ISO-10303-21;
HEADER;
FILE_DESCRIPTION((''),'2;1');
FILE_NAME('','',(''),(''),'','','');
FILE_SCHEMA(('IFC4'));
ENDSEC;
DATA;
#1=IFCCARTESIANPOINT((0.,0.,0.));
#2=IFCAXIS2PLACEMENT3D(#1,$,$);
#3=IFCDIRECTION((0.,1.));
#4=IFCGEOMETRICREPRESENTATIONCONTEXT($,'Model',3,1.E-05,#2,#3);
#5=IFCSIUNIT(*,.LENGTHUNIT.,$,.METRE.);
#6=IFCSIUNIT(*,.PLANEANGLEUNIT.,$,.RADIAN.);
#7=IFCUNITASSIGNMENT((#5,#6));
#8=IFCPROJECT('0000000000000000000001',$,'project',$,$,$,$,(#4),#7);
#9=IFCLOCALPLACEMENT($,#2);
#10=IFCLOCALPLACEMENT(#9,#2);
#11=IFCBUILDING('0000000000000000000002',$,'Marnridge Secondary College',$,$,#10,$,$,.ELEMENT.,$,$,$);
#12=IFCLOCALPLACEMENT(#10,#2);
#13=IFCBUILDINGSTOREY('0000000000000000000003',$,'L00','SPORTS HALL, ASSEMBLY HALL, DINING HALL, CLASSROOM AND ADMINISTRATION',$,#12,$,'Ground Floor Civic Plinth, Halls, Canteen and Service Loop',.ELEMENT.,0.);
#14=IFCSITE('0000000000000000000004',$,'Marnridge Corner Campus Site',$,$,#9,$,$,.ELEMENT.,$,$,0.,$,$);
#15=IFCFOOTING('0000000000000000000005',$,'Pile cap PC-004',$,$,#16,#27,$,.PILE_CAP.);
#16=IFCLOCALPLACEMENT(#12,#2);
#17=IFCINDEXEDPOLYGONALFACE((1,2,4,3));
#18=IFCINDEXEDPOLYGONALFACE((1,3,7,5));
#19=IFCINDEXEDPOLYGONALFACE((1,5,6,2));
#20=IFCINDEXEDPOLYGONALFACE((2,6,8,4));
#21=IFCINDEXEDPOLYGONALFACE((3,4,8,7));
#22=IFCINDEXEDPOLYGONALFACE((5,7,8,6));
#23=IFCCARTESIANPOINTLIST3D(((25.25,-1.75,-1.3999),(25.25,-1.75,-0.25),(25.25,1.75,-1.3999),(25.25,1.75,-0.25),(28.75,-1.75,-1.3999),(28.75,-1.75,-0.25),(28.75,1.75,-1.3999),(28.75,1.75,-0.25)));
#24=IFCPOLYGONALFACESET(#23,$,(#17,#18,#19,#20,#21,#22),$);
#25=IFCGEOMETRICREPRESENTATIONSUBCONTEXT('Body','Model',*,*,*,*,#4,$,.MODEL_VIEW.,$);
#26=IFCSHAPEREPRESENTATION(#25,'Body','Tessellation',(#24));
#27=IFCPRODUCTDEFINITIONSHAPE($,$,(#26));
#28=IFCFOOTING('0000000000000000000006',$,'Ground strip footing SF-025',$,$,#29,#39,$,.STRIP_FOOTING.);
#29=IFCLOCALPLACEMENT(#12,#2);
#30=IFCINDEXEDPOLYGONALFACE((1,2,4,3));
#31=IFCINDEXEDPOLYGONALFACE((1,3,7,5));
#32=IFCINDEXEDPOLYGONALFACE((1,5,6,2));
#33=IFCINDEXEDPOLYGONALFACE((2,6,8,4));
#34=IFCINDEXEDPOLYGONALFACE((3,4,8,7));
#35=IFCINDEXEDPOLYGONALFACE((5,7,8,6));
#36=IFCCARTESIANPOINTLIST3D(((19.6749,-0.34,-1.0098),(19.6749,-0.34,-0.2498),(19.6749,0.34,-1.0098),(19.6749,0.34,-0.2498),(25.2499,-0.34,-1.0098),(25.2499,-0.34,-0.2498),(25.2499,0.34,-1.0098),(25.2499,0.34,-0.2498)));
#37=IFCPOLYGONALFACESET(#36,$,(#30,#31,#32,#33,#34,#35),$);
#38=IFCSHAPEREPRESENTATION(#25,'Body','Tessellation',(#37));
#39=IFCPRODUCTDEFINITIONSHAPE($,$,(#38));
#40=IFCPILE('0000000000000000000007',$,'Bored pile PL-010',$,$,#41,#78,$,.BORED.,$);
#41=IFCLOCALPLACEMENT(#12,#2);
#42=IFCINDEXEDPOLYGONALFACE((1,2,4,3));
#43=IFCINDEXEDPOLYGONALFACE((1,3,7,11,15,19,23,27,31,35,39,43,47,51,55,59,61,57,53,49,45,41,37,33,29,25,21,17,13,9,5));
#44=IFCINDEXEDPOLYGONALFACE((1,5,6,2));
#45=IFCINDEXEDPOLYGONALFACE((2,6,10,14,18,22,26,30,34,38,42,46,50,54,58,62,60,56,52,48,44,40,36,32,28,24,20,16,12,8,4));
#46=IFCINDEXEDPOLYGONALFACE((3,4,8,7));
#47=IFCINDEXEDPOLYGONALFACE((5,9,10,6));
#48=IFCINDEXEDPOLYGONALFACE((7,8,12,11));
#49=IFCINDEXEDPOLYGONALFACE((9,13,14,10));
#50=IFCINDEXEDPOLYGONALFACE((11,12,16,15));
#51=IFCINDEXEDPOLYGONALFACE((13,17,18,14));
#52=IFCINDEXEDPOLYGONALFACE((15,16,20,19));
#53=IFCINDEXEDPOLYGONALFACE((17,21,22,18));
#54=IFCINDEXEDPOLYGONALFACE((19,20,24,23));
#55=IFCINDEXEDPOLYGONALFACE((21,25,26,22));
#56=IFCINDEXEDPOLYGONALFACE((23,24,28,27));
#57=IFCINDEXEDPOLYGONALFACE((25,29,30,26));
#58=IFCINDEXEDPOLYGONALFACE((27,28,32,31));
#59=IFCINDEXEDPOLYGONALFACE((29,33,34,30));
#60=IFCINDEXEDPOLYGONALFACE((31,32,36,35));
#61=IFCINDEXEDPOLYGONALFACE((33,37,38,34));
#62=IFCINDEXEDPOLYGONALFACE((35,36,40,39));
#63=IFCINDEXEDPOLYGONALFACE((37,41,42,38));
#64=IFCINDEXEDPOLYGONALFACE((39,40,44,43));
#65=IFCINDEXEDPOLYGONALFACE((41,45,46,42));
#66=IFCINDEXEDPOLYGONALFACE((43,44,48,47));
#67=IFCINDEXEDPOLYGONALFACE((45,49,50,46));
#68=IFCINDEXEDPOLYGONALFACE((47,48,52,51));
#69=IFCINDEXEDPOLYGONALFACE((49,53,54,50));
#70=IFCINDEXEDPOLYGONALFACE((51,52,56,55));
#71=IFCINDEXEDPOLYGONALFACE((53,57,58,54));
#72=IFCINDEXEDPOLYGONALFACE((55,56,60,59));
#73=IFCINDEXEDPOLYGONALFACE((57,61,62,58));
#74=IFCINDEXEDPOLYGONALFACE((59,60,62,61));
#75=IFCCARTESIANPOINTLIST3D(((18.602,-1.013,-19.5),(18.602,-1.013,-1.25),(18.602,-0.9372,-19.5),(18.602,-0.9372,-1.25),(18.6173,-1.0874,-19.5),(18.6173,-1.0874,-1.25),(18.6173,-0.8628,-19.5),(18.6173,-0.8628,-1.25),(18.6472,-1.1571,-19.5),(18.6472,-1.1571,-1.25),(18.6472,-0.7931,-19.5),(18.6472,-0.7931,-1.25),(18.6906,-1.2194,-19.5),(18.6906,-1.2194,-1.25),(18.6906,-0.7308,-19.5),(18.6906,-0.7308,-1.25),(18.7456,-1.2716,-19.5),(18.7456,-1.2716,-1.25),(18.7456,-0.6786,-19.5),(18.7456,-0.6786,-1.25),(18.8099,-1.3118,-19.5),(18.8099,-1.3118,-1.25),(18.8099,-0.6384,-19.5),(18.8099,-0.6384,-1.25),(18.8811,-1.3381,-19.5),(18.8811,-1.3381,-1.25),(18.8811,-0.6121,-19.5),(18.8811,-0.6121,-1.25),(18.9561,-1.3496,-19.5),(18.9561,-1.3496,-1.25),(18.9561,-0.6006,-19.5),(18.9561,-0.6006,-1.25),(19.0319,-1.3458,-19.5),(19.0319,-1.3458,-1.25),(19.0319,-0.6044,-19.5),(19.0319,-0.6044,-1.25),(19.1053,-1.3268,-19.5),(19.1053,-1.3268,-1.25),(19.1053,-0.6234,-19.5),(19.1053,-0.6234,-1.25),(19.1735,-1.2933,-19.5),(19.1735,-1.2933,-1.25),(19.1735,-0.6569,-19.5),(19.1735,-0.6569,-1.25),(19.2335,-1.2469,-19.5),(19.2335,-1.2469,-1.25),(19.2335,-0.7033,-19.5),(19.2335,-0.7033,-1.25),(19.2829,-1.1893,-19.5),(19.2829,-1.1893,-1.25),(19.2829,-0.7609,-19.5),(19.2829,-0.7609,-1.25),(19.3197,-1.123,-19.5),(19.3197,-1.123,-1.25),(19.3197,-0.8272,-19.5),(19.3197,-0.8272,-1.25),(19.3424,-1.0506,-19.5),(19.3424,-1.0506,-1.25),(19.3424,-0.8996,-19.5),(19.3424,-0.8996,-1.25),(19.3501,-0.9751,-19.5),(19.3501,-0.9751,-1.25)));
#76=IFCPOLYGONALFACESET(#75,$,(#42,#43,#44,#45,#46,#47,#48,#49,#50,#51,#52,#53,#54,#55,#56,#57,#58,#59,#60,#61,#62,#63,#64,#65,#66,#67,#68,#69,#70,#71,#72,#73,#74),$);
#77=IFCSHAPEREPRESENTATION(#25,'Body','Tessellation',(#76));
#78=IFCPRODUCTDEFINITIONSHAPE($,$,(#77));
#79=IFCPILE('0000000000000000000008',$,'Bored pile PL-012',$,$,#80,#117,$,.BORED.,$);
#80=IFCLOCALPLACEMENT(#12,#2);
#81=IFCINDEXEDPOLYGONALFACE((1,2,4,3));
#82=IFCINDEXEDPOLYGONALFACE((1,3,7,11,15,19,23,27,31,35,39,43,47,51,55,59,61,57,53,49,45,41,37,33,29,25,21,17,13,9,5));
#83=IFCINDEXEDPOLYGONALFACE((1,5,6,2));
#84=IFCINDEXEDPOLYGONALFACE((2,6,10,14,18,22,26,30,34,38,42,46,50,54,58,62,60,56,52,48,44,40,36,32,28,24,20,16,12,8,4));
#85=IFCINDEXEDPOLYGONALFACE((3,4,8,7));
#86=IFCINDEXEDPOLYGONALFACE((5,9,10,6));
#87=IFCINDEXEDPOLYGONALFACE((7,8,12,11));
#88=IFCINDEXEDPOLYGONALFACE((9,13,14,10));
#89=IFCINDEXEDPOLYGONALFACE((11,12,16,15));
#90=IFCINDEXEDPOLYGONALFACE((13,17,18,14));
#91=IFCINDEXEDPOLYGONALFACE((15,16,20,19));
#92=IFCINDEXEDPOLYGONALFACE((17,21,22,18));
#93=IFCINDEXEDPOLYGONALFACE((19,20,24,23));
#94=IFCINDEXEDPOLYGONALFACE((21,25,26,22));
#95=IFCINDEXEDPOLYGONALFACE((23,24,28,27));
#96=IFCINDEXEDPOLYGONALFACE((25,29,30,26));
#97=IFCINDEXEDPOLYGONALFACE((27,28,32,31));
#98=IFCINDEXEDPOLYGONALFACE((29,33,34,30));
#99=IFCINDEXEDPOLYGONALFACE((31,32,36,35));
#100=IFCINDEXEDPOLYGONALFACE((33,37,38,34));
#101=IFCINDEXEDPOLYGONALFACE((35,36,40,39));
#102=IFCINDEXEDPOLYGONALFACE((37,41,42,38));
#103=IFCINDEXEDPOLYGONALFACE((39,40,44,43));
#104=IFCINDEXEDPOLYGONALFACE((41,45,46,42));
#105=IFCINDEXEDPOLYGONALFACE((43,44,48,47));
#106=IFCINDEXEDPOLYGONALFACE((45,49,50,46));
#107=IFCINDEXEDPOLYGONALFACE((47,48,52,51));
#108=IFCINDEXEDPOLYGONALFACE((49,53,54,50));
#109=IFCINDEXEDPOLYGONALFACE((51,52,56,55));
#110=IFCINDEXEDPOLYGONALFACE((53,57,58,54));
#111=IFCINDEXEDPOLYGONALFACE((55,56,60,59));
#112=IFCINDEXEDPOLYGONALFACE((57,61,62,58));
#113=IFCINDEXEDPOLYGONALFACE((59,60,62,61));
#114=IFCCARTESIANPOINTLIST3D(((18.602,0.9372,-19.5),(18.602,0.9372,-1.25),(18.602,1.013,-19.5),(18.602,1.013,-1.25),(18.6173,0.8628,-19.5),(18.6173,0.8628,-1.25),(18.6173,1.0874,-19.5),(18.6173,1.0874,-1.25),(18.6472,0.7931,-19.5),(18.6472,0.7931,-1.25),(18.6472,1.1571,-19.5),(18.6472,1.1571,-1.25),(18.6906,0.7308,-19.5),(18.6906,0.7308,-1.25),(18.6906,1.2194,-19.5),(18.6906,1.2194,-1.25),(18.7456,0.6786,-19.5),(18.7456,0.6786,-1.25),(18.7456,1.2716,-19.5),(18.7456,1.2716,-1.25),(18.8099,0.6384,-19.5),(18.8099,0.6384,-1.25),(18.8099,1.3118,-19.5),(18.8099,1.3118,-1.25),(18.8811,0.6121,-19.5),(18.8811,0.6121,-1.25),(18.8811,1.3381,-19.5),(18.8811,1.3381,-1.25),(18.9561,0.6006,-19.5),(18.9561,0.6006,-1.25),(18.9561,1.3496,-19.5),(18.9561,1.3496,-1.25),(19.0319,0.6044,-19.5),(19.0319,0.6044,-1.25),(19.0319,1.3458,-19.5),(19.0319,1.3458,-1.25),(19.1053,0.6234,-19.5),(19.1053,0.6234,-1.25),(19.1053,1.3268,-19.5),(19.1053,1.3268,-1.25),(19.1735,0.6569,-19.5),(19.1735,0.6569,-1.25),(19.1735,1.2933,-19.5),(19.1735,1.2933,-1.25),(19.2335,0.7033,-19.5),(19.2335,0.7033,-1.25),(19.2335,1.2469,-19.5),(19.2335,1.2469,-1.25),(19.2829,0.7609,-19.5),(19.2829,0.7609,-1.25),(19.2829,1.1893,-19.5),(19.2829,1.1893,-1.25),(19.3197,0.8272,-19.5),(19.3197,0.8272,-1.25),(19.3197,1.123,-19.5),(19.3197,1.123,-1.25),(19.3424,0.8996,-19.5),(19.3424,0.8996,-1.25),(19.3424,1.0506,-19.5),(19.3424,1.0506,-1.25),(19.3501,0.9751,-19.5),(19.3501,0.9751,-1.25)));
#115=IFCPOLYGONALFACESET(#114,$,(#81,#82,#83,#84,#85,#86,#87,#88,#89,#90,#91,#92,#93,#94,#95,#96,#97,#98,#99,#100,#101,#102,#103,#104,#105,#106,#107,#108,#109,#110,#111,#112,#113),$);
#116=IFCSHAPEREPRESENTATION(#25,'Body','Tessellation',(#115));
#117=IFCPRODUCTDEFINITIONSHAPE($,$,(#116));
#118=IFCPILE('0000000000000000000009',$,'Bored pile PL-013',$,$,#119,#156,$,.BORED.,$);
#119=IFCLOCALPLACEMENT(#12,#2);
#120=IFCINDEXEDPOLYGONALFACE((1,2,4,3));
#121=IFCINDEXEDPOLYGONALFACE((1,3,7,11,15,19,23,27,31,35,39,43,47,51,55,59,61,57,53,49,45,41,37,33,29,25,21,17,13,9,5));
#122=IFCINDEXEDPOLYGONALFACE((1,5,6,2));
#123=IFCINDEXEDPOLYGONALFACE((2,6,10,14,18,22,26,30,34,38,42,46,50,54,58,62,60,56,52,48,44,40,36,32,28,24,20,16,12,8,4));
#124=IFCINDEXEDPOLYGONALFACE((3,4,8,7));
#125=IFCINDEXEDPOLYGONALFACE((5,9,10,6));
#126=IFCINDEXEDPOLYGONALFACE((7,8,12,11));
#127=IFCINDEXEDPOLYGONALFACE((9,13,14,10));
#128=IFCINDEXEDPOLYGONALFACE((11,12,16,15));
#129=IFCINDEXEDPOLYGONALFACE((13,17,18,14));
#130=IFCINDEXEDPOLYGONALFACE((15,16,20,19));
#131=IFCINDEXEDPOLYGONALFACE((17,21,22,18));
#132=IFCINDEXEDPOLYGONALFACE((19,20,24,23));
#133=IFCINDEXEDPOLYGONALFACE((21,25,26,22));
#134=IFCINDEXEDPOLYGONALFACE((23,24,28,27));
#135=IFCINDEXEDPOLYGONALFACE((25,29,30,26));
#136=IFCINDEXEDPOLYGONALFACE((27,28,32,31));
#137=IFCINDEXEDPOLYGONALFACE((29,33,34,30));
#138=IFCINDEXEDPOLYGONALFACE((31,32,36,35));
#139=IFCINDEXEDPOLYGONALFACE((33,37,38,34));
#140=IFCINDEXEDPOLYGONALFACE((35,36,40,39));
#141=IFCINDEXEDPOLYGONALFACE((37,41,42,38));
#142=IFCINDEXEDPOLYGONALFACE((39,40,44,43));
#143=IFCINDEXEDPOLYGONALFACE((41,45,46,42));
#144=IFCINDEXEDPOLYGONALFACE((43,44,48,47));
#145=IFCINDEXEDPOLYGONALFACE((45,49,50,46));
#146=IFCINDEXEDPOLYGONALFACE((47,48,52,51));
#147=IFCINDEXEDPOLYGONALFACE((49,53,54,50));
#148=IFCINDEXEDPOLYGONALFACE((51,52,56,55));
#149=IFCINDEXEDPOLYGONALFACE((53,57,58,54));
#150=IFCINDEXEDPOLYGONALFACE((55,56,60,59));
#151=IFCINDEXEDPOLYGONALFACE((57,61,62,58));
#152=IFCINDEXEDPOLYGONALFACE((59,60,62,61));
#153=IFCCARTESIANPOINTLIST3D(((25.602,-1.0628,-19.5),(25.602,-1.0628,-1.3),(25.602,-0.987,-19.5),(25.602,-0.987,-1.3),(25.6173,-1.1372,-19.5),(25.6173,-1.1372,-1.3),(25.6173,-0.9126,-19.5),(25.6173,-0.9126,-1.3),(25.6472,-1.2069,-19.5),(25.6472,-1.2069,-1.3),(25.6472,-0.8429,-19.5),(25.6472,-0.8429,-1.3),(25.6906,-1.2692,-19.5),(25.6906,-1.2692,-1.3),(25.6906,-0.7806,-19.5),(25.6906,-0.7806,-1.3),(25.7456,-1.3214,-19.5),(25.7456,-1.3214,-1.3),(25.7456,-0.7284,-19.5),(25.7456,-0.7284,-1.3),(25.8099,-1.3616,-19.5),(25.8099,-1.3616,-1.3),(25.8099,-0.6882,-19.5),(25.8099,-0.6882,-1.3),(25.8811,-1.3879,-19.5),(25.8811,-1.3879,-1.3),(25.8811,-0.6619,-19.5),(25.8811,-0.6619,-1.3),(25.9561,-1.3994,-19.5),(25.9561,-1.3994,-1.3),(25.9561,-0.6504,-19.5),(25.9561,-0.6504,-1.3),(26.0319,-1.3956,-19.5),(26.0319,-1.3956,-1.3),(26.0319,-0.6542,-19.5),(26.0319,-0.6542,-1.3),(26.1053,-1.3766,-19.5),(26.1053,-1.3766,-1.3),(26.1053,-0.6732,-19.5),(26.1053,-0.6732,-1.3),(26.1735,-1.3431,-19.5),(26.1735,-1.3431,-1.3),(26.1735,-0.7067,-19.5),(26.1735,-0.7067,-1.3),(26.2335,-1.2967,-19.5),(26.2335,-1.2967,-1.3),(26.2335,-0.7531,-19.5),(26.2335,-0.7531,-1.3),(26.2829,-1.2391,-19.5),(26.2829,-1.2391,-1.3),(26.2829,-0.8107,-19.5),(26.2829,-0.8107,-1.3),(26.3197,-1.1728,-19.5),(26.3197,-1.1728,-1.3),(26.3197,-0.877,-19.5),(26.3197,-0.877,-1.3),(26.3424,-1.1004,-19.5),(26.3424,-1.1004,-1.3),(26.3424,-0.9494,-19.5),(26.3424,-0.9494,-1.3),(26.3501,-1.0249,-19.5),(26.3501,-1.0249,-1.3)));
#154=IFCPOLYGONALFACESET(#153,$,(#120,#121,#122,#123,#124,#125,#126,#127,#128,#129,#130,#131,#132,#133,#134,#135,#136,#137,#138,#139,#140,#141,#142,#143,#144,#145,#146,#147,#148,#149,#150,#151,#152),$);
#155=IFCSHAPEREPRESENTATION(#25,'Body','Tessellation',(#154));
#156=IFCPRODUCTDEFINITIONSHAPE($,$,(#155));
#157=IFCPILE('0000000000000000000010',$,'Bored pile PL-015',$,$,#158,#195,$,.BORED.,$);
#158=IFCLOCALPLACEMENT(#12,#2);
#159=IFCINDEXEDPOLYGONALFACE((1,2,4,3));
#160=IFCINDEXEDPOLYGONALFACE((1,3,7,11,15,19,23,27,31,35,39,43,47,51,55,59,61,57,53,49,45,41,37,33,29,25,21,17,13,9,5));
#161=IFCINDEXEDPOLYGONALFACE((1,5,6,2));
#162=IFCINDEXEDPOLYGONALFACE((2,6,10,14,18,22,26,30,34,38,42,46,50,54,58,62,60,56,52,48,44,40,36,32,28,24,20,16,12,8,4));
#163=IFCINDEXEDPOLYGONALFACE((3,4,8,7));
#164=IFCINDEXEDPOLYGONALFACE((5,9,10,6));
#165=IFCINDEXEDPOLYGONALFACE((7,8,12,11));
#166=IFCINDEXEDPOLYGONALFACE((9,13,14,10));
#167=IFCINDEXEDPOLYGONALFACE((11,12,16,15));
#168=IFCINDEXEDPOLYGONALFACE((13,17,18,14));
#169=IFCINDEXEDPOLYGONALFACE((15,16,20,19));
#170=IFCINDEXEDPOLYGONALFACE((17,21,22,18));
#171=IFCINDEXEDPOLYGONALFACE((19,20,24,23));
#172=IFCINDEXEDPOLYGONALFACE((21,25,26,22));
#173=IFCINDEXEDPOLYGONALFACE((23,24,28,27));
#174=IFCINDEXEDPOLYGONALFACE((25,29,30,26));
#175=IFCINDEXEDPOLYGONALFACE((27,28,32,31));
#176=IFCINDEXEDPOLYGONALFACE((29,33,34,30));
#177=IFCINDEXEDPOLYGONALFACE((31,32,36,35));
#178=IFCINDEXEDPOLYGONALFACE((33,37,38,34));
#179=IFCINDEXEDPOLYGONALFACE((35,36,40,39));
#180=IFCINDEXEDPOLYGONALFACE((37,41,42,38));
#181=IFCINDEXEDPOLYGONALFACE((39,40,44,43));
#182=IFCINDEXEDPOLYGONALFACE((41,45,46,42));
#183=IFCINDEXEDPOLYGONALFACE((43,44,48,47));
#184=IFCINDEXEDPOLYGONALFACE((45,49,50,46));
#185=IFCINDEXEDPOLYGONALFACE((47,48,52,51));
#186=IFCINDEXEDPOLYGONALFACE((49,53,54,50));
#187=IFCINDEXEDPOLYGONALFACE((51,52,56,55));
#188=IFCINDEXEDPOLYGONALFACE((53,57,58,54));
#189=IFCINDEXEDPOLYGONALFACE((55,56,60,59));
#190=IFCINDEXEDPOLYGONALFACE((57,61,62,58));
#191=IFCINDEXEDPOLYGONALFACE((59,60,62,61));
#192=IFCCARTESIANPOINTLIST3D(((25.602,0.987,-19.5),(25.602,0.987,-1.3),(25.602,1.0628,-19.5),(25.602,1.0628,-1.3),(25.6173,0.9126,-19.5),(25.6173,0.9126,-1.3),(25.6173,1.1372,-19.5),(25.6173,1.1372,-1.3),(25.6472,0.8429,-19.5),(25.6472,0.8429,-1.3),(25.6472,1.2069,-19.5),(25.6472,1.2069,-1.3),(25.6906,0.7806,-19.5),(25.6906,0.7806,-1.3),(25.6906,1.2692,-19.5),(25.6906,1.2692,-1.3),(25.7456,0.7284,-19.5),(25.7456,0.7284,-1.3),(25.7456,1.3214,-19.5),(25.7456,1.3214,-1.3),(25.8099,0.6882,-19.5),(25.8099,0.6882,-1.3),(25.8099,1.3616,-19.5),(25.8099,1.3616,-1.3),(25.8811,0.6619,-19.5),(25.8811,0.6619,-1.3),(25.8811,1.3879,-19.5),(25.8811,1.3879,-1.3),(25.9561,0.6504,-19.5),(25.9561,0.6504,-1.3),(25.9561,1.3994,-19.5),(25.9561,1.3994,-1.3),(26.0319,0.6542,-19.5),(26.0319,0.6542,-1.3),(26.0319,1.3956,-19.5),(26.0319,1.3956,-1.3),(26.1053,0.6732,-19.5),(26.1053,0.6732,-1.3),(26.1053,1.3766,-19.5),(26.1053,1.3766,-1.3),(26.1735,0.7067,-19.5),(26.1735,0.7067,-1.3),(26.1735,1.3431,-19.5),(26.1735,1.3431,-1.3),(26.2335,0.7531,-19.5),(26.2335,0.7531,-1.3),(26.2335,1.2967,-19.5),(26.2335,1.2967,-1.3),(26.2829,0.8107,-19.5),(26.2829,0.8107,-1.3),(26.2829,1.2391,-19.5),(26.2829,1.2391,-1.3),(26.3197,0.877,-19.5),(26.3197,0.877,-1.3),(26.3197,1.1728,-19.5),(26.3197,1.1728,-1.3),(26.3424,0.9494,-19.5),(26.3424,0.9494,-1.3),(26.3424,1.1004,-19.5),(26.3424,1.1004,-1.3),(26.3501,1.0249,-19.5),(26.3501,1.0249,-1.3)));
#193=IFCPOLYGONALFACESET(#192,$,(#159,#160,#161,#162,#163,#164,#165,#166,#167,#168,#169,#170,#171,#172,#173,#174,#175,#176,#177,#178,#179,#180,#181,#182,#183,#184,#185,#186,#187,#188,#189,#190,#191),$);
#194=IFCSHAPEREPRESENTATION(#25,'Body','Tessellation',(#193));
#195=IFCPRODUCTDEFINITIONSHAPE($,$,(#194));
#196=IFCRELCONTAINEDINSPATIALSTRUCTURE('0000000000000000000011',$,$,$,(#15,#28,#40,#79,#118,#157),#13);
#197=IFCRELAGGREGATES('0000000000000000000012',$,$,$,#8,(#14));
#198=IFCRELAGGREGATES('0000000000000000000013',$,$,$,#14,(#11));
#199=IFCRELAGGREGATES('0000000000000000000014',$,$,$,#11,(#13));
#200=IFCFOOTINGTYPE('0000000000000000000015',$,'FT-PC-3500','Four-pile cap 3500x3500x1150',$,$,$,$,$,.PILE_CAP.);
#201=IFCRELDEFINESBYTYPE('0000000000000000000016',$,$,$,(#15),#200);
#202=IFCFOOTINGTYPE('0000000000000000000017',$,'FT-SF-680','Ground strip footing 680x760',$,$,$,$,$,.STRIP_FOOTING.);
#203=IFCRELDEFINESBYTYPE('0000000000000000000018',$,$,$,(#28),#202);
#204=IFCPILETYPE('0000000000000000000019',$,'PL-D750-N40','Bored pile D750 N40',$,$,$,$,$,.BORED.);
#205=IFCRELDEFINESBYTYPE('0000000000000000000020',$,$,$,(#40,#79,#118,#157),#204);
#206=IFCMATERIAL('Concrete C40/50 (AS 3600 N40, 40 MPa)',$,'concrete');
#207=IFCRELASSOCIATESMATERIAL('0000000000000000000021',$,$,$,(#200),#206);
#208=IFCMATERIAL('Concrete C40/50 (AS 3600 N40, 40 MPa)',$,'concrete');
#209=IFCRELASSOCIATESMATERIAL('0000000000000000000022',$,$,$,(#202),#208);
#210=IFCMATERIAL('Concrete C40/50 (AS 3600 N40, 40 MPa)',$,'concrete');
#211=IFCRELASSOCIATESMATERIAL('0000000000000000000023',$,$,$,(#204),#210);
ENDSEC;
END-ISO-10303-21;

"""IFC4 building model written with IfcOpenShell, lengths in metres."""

from ifc_helpers import new_model, si_unit, direction, frame, origin, origin_2d, place, context, subcontext, project, spatial, rectangle, circle, extrude, material, material_profile, profile_set, type_object, element, save


model = new_model("IFC4")

# Units and contexts
model_context = context("Model", 3, precision=1e-05, world=origin(), true_north=direction((0.0, 1.0)))
body_context = subcontext(model_context, "Body", "Model", "MODEL_VIEW")
ifc_project = project(units=[si_unit("LENGTHUNIT", "METRE"), si_unit("PLANEANGLEUNIT", "RADIAN")], contexts=[model_context])

# Site, building, storey
site_placement = place(None, origin())
site = spatial("IfcSite", under=ifc_project, at=site_placement, Name="Marnridge Corner Campus Site", CompositionType="ELEMENT", RefElevation=0.0)
building_placement = place(site_placement, origin())
building = spatial("IfcBuilding", under=site, at=building_placement, Name="Marnridge Secondary College", CompositionType="ELEMENT")
storey_placement = place(building_placement, origin())
storey = spatial("IfcBuildingStorey", under=building, at=storey_placement, Name="L00", Description="SPORTS HALL, ASSEMBLY HALL, DINING HALL, CLASSROOM AND ADMINISTRATION", LongName="Ground Floor Civic Plinth, Halls, Canteen and Service Loop", CompositionType="ELEMENT", Elevation=0.0)

# Footings
ifc_material_1 = material(Name="Concrete C40/50 (AS 3600 N40, 40 MPa)", Category="concrete")
footing_type_1 = type_object("IfcFootingType", Name="FT-PC-3500", Description="Four-pile cap 3500x3500x1150", PredefinedType="PILE_CAP", material=ifc_material_1)
footing_1_placement = place(storey_placement, frame((27.0, 0.0, -1.3999), z_axis=(0.0, 0.0, 1.0), x_axis=(1.0, 0.0, 0.0)))
element("IfcFooting", 1, at=footing_1_placement, inside=storey, type_object=footing_type_1, Name="Pile cap PC-004", PredefinedType="PILE_CAP", context=body_context, shape_type="SweptSolid", body=[
    extrude(rectangle(XDim=3.5, YDim=3.5, at=origin_2d()), origin(), (0.0, 0.0, 1.0), 1.1499),
])
ifc_material_2 = material(Name="Concrete C40/50 (AS 3600 N40, 40 MPa)", Category="concrete")
footing_type_2 = type_object("IfcFootingType", Name="FT-SF-680", Description="Ground strip footing 680x760", PredefinedType="STRIP_FOOTING", material=ifc_material_2)
footing_2_placement = place(storey_placement, frame((22.4624, 0.0, -1.0098), z_axis=(0.0, 0.0, 1.0), x_axis=(1.0, 0.0, 0.0)))
element("IfcFooting", 2, at=footing_2_placement, inside=storey, type_object=footing_type_2, Name="Ground strip footing SF-025", PredefinedType="STRIP_FOOTING", context=body_context, shape_type="SweptSolid", body=[
    extrude(rectangle(XDim=5.575, YDim=0.6799, at=origin_2d()), origin(), (0.0, 0.0, 1.0), 0.76),
])

# Piles
ifc_material_3 = material(Name="Concrete C40/50 (AS 3600 N40, 40 MPa)", Category="concrete")
ifc_material_profile_1 = material_profile(ifc_material_3, circle(Radius=0.375, at=origin_2d()), Name="PILE D750")
ifc_profile_set_1 = profile_set([ifc_material_profile_1], Name="Concrete C40/50 (AS 3600 N40, 40 MPa)")
pile_type = type_object("IfcPileType", Name="PL-D750-N40", Description="Bored pile D750 N40", PredefinedType="BORED", material=ifc_profile_set_1)
for number, where, z_axis, x_axis, name in (
    (3, (18.9751, -0.9751, -1.25), (0.0, 0.0, -1.0), (1.0, 0.0, 0.0), "Bored pile PL-010"),
    (4, (18.9751, 0.9751, -1.25), (0.0, 0.0, -1.0), (1.0, 0.0, 0.0), "Bored pile PL-012"),
):
    element("IfcPile", number, at=place(storey_placement, frame(where, z_axis=z_axis, x_axis=x_axis)), inside=storey, type_object=pile_type, Name=name, PredefinedType="BORED", context=body_context, shape_type="SweptSolid", body=[
        extrude(circle(Radius=0.375, at=origin_2d()), origin(), (0.0, 0.0, 1.0), 18.25),
    ])
for number, where, z_axis, x_axis, name in (
    (5, (25.9751, -1.0249, -1.3), (0.0, 0.0, -1.0), (1.0, 0.0, 0.0), "Bored pile PL-013"),
    (6, (25.9751, 1.0249, -1.3), (0.0, 0.0, -1.0), (1.0, 0.0, 0.0), "Bored pile PL-015"),
):
    element("IfcPile", number, at=place(storey_placement, frame(where, z_axis=z_axis, x_axis=x_axis)), inside=storey, type_object=pile_type, Name=name, PredefinedType="BORED", context=body_context, shape_type="SweptSolid", body=[
        extrude(circle(Radius=0.375, at=origin_2d()), origin(), (0.0, 0.0, 1.0), 18.2),
    ])

save(model, "model.ifc")
